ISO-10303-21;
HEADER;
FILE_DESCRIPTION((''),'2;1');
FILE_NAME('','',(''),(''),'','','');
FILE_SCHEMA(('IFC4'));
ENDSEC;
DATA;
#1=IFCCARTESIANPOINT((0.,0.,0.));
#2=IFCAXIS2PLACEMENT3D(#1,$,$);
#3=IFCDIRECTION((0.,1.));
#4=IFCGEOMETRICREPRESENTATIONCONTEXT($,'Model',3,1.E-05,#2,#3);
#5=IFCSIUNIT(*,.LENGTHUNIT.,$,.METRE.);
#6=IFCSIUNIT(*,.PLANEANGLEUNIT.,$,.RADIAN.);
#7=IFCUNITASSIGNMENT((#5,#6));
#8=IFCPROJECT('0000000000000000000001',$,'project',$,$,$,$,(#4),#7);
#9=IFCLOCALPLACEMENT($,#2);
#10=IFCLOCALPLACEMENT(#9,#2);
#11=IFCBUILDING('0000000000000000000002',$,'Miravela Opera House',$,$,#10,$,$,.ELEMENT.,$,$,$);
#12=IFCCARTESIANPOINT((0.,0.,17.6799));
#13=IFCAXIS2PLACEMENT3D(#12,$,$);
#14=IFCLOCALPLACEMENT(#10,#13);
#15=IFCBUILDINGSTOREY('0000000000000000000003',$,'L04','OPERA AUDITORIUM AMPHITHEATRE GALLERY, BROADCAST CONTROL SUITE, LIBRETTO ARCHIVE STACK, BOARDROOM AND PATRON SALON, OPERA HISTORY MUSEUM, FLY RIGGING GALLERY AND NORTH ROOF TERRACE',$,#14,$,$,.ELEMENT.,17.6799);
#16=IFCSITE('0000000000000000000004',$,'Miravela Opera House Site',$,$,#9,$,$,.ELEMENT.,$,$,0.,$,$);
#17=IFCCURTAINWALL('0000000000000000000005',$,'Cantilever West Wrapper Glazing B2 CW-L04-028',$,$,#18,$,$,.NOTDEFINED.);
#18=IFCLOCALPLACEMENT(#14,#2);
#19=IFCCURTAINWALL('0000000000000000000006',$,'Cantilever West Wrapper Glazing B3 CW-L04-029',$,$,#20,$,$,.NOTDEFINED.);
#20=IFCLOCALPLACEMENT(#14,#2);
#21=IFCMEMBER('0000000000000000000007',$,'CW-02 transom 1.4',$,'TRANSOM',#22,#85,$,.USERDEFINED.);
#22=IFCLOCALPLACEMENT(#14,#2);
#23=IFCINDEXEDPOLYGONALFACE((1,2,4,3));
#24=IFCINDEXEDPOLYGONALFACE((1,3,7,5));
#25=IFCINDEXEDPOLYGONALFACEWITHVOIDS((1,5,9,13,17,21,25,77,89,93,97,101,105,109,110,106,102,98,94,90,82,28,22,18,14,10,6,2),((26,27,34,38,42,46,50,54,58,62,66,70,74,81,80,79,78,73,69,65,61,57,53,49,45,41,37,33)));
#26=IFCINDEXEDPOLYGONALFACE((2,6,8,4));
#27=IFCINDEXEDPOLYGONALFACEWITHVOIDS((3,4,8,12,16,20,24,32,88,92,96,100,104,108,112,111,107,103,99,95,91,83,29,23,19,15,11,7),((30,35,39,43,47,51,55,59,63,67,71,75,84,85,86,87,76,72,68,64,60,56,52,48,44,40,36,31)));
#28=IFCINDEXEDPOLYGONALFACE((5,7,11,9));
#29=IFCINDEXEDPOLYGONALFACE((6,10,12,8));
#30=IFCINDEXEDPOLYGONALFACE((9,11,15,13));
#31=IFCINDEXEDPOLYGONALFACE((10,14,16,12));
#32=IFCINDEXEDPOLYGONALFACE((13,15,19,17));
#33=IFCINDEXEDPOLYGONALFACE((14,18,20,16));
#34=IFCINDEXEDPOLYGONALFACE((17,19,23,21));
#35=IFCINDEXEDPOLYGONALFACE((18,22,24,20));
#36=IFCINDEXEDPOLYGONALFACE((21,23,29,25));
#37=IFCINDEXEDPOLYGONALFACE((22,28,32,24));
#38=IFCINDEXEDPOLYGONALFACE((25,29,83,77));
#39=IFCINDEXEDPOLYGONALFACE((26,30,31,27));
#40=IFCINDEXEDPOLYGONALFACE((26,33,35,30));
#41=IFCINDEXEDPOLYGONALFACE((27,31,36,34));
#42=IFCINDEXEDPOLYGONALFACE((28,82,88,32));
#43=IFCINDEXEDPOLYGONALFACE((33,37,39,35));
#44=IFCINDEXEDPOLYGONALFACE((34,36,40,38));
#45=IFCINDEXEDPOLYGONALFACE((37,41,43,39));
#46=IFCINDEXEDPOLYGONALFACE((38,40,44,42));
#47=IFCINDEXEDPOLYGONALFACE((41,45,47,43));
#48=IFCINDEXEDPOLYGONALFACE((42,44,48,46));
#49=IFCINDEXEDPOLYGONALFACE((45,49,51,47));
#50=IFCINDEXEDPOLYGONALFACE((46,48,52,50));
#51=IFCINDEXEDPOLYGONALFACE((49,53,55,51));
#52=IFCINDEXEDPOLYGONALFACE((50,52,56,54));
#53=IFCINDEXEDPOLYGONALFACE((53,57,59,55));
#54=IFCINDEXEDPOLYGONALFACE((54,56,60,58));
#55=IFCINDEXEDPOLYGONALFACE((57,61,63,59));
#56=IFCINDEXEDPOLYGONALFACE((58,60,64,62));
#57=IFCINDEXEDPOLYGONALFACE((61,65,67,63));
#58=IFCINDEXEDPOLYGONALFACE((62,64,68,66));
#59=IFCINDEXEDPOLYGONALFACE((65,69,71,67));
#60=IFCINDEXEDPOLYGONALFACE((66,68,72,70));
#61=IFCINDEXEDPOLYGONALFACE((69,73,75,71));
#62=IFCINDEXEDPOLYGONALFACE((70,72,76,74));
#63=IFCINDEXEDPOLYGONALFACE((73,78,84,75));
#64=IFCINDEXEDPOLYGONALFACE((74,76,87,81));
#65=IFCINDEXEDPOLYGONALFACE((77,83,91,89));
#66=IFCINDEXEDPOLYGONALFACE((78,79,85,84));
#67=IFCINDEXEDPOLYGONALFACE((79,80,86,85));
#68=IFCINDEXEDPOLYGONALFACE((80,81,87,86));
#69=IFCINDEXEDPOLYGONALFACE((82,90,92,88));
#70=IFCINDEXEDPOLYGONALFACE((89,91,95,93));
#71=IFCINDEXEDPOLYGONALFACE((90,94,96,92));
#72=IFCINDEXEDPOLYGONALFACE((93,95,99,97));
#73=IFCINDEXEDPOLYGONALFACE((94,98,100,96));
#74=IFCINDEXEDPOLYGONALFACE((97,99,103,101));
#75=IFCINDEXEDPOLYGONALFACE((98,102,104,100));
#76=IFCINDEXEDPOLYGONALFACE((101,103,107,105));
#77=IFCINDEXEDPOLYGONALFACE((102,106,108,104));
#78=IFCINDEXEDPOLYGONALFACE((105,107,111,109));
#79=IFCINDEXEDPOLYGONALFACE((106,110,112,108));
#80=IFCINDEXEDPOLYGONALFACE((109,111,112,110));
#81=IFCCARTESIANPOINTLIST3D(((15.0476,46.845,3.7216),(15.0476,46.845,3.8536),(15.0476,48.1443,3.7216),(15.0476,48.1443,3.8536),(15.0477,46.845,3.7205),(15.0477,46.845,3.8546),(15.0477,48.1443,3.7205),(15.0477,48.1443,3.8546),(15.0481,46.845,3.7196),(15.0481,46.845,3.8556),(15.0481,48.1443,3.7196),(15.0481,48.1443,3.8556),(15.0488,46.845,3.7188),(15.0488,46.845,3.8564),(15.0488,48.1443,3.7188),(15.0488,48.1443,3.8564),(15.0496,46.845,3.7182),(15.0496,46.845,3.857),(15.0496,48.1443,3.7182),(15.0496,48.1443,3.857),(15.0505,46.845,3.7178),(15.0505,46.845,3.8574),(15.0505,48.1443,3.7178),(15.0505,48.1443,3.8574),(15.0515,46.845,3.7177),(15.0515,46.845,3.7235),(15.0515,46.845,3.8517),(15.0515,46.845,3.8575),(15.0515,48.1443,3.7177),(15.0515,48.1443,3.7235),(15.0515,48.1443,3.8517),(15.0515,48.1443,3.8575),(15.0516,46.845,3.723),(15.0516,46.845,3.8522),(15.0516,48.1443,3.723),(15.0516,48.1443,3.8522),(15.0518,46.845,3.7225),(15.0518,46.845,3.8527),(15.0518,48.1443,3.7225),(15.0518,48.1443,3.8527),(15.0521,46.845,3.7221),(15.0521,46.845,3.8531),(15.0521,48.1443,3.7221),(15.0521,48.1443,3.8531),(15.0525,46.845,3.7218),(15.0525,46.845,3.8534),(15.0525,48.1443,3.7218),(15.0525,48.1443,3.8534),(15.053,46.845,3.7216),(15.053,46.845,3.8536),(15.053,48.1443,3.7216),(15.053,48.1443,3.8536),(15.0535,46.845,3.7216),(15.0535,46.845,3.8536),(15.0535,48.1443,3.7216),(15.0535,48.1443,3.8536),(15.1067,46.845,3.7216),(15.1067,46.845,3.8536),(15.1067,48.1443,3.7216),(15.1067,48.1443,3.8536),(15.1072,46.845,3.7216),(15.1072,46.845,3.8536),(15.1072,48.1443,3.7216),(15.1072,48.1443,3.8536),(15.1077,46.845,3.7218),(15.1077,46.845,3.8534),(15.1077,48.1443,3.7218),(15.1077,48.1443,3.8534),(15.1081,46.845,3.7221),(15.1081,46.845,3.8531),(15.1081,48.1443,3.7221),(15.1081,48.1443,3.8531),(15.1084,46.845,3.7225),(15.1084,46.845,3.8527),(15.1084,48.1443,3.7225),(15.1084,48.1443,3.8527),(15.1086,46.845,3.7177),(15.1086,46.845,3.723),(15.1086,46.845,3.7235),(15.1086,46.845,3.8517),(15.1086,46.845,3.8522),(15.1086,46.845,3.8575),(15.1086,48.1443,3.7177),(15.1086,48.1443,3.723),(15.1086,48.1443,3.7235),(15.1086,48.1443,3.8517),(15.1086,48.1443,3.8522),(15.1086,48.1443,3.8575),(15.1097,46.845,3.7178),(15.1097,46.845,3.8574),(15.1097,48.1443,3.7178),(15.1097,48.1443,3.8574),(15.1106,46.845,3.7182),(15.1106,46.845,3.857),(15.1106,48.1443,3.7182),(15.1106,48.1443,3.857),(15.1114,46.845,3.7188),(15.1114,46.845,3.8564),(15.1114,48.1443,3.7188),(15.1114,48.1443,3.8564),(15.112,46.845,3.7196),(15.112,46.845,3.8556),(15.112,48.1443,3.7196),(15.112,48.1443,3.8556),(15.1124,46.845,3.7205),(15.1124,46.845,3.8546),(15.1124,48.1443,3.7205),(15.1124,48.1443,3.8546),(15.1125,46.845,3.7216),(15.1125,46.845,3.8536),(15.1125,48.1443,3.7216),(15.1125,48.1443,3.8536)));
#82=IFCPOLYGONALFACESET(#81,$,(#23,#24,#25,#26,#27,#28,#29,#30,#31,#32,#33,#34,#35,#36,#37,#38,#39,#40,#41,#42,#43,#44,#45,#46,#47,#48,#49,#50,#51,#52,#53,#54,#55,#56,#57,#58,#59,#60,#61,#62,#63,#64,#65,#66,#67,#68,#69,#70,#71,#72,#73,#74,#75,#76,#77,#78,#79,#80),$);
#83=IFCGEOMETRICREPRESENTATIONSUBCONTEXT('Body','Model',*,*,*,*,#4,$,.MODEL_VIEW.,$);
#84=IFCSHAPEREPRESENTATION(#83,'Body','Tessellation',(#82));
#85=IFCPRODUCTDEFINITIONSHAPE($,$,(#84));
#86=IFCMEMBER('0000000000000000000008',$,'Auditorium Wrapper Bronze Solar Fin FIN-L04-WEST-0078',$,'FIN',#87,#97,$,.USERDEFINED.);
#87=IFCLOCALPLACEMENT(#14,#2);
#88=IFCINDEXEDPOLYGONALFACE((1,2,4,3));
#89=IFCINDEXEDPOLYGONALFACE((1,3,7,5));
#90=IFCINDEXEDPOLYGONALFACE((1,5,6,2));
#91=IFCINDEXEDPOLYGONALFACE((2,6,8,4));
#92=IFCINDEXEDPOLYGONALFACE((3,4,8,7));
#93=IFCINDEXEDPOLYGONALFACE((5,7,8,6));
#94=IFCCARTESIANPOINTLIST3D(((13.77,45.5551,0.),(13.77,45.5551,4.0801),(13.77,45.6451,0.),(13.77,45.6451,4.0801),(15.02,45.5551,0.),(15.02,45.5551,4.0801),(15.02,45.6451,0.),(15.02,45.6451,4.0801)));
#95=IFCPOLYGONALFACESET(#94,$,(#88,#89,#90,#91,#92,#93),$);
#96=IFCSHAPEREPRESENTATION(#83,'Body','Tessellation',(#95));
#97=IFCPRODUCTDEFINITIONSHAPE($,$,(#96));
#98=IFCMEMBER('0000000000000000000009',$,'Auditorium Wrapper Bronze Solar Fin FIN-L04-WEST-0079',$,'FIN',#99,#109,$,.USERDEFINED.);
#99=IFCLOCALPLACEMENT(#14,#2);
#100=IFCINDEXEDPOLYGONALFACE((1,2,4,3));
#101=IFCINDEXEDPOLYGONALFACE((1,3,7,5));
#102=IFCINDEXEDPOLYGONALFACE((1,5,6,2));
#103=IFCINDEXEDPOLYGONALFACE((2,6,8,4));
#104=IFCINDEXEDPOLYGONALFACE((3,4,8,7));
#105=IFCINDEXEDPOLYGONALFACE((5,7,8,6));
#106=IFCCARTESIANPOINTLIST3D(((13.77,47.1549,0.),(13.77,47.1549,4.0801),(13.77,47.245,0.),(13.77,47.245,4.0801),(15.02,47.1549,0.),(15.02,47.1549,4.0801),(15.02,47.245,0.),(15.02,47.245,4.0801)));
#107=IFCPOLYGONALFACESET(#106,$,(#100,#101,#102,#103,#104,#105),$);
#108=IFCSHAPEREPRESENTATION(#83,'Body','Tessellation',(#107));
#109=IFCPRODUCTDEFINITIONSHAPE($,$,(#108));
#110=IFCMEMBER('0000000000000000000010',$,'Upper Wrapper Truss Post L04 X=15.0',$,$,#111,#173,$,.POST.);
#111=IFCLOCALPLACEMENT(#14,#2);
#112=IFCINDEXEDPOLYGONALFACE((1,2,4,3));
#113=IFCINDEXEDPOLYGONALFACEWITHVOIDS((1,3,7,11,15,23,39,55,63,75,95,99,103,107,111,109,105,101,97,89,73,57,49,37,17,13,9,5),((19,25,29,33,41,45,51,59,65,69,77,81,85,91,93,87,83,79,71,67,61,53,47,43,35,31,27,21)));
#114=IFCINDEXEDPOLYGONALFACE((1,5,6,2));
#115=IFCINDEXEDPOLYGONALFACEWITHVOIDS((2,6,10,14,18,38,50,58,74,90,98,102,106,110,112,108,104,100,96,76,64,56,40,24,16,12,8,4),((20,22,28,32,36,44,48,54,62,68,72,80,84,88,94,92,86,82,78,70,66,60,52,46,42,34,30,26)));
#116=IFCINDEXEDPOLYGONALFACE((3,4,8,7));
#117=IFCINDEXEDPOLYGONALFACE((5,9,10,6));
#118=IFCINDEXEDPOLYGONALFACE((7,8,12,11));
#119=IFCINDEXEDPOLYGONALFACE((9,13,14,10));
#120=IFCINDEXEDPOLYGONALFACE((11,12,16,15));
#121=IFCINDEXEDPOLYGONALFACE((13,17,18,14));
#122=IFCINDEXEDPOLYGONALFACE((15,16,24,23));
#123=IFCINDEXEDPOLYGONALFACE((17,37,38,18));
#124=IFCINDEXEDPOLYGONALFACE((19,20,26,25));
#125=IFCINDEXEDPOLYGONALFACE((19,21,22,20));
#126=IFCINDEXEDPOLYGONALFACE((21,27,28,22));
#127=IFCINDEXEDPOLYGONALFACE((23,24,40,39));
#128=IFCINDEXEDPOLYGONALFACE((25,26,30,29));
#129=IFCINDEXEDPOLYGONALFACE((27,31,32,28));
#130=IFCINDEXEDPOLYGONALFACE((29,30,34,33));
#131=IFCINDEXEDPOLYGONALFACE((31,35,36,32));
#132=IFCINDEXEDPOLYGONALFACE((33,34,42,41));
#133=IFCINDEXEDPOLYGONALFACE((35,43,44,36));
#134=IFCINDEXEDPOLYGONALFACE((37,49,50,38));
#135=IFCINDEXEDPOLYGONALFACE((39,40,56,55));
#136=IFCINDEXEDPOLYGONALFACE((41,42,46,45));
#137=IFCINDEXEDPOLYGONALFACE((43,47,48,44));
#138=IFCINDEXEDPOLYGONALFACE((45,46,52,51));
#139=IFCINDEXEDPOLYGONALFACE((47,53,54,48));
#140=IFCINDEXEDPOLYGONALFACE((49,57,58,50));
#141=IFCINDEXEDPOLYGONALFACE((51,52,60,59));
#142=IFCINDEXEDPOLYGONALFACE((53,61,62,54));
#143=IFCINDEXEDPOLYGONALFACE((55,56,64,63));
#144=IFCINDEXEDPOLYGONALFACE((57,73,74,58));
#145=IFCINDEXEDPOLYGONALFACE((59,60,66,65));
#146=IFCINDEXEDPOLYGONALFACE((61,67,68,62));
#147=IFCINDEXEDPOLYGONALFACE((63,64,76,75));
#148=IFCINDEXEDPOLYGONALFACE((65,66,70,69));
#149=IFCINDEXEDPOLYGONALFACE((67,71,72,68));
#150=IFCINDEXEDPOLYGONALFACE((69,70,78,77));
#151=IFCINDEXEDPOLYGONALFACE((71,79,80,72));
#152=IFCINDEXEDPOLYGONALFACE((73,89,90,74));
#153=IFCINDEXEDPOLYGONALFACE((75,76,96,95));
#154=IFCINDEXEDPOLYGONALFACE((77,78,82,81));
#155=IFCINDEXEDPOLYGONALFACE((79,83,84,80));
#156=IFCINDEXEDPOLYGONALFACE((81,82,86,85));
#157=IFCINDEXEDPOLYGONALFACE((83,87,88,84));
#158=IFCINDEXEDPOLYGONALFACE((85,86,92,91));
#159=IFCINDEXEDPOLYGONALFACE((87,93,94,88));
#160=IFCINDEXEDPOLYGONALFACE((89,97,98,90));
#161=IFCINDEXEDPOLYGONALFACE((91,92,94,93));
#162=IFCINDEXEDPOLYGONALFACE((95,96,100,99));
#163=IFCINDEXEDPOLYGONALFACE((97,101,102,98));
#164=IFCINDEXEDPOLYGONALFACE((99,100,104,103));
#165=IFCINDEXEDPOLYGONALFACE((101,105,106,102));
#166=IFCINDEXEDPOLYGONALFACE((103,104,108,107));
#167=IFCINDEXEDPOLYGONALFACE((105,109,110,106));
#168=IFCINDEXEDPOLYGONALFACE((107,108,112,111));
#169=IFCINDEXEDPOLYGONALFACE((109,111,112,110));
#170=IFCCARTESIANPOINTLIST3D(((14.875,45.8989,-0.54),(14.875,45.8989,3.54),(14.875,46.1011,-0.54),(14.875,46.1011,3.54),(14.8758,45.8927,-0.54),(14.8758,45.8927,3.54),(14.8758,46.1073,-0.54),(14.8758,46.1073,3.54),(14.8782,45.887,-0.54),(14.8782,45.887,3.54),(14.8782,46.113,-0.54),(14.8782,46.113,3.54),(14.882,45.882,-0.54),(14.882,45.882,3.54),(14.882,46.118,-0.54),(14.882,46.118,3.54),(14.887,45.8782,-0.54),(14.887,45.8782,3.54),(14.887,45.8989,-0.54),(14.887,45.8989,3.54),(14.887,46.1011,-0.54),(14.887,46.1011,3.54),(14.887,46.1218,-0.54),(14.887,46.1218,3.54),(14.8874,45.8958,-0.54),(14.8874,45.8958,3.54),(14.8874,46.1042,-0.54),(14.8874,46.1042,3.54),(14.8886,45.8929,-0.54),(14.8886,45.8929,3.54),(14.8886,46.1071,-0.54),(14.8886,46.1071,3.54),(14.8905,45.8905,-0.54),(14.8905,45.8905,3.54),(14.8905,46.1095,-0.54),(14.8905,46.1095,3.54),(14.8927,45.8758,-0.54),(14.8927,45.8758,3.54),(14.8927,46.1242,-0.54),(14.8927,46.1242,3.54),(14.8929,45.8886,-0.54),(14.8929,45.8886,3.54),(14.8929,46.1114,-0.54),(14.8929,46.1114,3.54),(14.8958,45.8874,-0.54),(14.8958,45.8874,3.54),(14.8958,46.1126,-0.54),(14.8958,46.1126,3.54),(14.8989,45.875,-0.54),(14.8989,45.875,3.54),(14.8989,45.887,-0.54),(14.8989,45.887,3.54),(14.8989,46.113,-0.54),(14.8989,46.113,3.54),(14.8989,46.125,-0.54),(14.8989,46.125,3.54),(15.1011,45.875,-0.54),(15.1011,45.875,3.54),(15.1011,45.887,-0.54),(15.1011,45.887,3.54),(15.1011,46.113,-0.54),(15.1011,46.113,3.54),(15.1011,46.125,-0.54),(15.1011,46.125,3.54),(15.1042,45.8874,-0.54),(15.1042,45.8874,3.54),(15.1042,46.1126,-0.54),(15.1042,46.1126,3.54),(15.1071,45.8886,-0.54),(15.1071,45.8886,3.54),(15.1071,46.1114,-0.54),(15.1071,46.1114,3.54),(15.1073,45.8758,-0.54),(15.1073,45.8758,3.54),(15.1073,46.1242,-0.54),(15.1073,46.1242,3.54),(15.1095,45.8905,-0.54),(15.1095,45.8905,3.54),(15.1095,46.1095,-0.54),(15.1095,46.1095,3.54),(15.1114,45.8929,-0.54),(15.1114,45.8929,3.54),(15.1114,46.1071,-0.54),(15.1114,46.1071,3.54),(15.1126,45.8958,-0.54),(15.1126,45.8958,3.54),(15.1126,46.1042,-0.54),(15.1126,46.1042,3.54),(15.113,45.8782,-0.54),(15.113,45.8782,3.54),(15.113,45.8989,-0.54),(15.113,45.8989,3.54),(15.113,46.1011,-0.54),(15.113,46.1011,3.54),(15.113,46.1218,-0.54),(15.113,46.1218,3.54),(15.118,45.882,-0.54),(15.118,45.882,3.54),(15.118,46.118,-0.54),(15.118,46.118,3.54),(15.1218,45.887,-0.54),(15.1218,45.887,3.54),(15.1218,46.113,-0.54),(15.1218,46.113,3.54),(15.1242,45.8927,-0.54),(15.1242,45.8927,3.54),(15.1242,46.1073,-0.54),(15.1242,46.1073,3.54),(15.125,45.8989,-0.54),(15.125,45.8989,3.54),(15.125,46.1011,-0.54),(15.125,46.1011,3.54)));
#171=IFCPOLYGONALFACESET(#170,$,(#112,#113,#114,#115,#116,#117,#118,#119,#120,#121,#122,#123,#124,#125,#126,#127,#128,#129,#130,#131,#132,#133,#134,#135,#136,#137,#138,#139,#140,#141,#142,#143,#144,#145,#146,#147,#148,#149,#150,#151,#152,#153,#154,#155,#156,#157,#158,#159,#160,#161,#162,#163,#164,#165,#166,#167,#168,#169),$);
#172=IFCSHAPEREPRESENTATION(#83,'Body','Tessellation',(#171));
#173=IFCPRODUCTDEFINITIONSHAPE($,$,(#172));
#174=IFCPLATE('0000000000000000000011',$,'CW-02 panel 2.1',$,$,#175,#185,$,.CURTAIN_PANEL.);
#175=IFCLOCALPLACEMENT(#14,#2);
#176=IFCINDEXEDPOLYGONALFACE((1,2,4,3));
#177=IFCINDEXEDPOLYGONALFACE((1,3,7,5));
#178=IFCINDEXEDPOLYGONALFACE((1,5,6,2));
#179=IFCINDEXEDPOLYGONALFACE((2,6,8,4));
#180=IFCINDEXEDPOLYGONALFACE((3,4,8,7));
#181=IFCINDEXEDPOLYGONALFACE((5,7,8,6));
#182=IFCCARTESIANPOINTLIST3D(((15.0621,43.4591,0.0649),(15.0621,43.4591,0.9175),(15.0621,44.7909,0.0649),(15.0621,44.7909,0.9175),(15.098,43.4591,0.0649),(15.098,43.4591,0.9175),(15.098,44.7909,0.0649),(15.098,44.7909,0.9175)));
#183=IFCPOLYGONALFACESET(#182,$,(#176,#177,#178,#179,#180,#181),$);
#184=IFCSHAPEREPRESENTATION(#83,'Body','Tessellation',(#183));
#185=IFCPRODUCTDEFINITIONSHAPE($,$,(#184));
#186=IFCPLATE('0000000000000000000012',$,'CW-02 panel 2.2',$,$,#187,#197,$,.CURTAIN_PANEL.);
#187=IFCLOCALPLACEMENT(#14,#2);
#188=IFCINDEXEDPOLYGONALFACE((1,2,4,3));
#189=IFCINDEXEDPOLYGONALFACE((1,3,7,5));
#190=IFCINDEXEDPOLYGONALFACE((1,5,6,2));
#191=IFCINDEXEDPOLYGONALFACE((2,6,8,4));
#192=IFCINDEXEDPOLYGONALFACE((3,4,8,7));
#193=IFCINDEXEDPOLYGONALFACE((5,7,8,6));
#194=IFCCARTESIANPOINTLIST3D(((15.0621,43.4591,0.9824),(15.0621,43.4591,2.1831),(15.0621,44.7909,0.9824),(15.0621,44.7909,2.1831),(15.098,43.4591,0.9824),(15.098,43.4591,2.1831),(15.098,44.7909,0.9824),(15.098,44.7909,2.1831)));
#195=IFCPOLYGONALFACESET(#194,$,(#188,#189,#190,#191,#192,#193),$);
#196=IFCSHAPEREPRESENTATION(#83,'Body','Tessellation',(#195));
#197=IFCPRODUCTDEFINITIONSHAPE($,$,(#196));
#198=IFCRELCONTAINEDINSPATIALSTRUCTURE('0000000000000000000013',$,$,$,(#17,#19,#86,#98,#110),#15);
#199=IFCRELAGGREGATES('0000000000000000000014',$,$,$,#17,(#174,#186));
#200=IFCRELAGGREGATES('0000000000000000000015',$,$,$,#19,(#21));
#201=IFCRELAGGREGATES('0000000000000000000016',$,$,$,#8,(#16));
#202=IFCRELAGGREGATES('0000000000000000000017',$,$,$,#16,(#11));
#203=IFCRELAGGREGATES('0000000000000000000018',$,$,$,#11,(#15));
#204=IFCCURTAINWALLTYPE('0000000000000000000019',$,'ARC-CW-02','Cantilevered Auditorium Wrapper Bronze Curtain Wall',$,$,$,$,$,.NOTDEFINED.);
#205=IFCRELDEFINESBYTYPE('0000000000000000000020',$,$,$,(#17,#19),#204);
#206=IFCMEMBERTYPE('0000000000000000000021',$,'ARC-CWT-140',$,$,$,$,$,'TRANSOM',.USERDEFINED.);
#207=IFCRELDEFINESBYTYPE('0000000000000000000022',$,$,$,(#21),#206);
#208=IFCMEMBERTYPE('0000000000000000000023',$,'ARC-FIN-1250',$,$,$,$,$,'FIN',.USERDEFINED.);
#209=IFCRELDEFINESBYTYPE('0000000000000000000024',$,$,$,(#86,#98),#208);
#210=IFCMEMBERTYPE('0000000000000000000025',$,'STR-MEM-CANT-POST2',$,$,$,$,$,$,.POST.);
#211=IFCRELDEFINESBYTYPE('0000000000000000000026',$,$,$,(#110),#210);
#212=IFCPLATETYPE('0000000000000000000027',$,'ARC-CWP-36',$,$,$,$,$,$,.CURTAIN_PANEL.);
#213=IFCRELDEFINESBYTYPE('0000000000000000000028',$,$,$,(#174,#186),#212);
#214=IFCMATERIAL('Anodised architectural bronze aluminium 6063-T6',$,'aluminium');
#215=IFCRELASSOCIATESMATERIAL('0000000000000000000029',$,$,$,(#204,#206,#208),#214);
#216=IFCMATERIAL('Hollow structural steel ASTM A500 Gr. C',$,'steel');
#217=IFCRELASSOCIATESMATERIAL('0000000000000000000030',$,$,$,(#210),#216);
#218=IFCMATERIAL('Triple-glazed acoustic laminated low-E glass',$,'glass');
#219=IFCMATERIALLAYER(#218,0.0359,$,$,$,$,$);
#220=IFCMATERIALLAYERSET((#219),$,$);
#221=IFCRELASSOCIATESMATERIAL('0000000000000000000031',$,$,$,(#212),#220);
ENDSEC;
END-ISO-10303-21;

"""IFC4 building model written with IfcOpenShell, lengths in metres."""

from ifc_helpers import new_model, si_unit, direction, frame, origin, origin_2d, place, context, subcontext, project, spatial, rectangle, hollow_rectangle, extrude, material, layer, layer_set, material_profile, profile_set, type_object, element, aggregate, save


model = new_model("IFC4")

# Units and contexts
model_context = context("Model", 3, precision=1e-05, world=origin(), true_north=direction((0.0, 1.0)))
body_context = subcontext(model_context, "Body", "Model", "MODEL_VIEW")
ifc_project = project(units=[si_unit("LENGTHUNIT", "METRE"), si_unit("PLANEANGLEUNIT", "RADIAN")], contexts=[model_context])

# Site, building, storey
site_placement = place(None, origin())
site = spatial("IfcSite", under=ifc_project, at=site_placement, Name="Miravela Opera House Site", CompositionType="ELEMENT", RefElevation=0.0)
building_placement = place(site_placement, origin())
building = spatial("IfcBuilding", under=site, at=building_placement, Name="Miravela Opera House", CompositionType="ELEMENT")
storey_placement = place(building_placement, frame((0.0, 0.0, 17.6799)))
storey = spatial("IfcBuildingStorey", under=building, at=storey_placement, Name="L04", Description="OPERA AUDITORIUM AMPHITHEATRE GALLERY, BROADCAST CONTROL SUITE, LIBRETTO ARCHIVE STACK, BOARDROOM AND PATRON SALON, OPERA HISTORY MUSEUM, FLY RIGGING GALLERY AND NORTH ROOF TERRACE", CompositionType="ELEMENT", Elevation=17.6799)

# Curtain wall
ifc_material_1 = material(Name="Anodised architectural bronze aluminium 6063-T6", Category="aluminium")
curtain_wall_type = type_object("IfcCurtainWallType", Name="ARC-CW-02", Description="Cantilevered Auditorium Wrapper Bronze Curtain Wall", PredefinedType="NOTDEFINED", material=ifc_material_1)
curtain_wall_1_placement = place(storey_placement, origin())
curtain_wall_1 = element("IfcCurtainWall", 1, at=curtain_wall_1_placement, inside=storey, type_object=curtain_wall_type, Name="Cantilever West Wrapper Glazing B2 CW-L04-028", PredefinedType="NOTDEFINED")

# Curtain wall
curtain_wall_2_placement = place(storey_placement, origin())
curtain_wall_2 = element("IfcCurtainWall", 2, at=curtain_wall_2_placement, inside=storey, type_object=curtain_wall_type, Name="Cantilever West Wrapper Glazing B3 CW-L04-029", PredefinedType="NOTDEFINED")

# Member
ifc_material_profile_1 = material_profile(ifc_material_1, hollow_rectangle(XDim=0.0649, YDim=0.1399, WallThickness=0.0039, InnerFilletRadius=0.002, OuterFilletRadius=0.0039, at=origin_2d()), Name="CWT-65X140")
ifc_profile_set_1 = profile_set([ifc_material_profile_1])
member_type_1 = type_object("IfcMemberType", Name="ARC-CWT-140", ElementType="TRANSOM", PredefinedType="USERDEFINED", material=ifc_profile_set_1)
member_1_placement = place(storey_placement, frame((15.0801, 46.845, 3.7876), z_axis=(0.0, 1.0, 0.0), x_axis=(-1.0, 0.0, 0.0)))
member_1 = element("IfcMember", 3, at=member_1_placement, type_object=member_type_1, Name="CW-02 transom 1.4", ObjectType="TRANSOM", PredefinedType="USERDEFINED", context=body_context, shape_type="SweptSolid", body=[
    extrude(hollow_rectangle(XDim=0.0649, YDim=0.1399, WallThickness=0.0039, InnerFilletRadius=0.002, OuterFilletRadius=0.0039, at=origin_2d()), origin(), (0.0, 0.0, 1.0), 1.2993),
])

# Members
ifc_material_profile_2 = material_profile(ifc_material_1, rectangle(XDim=0.0901, YDim=1.25, at=origin_2d()), Name="FIN-1250X90")
ifc_profile_set_2 = profile_set([ifc_material_profile_2])
member_type_2 = type_object("IfcMemberType", Name="ARC-FIN-1250", ElementType="FIN", PredefinedType="USERDEFINED", material=ifc_profile_set_2)
for number, where, z_axis, x_axis, name in (
    (4, (14.395, 45.6001, 0.0), (0.0, 0.0, 1.0), (0.0, 1.0, 0.0), "Auditorium Wrapper Bronze Solar Fin FIN-L04-WEST-0078"),
    (5, (14.395, 47.2, 0.0), (0.0, 0.0, 1.0), (0.0, 1.0, 0.0), "Auditorium Wrapper Bronze Solar Fin FIN-L04-WEST-0079"),
):
    element("IfcMember", number, at=place(storey_placement, frame(where, z_axis=z_axis, x_axis=x_axis)), inside=storey, type_object=member_type_2, Name=name, ObjectType="FIN", PredefinedType="USERDEFINED", context=body_context, shape_type="SweptSolid", body=[
        extrude(rectangle(XDim=0.0901, YDim=1.25, at=origin_2d()), origin(), (0.0, 0.0, 1.0), 4.0801),
    ])
ifc_material_2 = material(Name="Hollow structural steel ASTM A500 Gr. C", Category="steel")
ifc_material_profile_3 = material_profile(ifc_material_2, hollow_rectangle(XDim=0.25, YDim=0.25, WallThickness=0.012, InnerFilletRadius=0.012, OuterFilletRadius=0.0239, at=origin_2d()), Name="HSS250X250X12")
ifc_profile_set_3 = profile_set([ifc_material_profile_3])
member_type_3 = type_object("IfcMemberType", Name="STR-MEM-CANT-POST2", PredefinedType="POST", material=ifc_profile_set_3)
member_2_placement = place(storey_placement, frame((15.0, 46.0, -0.54), z_axis=(0.0, 0.0, 1.0), x_axis=(1.0, 0.0, 0.0)))
element("IfcMember", 6, at=member_2_placement, inside=storey, type_object=member_type_3, Name="Upper Wrapper Truss Post L04 X=15.0", PredefinedType="POST", context=body_context, shape_type="SweptSolid", body=[
    extrude(hollow_rectangle(XDim=0.25, YDim=0.25, WallThickness=0.012, InnerFilletRadius=0.012, OuterFilletRadius=0.0239, at=origin_2d()), origin(), (0.0, 0.0, 1.0), 4.0801),
])

# Plates
ifc_material_3 = material(Name="Triple-glazed acoustic laminated low-E glass", Category="glass")
ifc_layer = layer(ifc_material_3, 0.0359)
ifc_layer_set = layer_set([ifc_layer])
plate_type = type_object("IfcPlateType", Name="ARC-CWP-36", PredefinedType="CURTAIN_PANEL", material=ifc_layer_set)
plate_1_placement = place(storey_placement, frame((15.0801, 44.125, 0.0649), z_axis=(0.0, 0.0, 1.0), x_axis=(0.0, 1.0, 0.0)))
plate_1 = element("IfcPlate", 7, at=plate_1_placement, type_object=plate_type, Name="CW-02 panel 2.1", PredefinedType="CURTAIN_PANEL", context=body_context, shape_type="SweptSolid", body=[
    extrude(rectangle(XDim=1.3318, YDim=0.0359, at=origin_2d()), origin(), (0.0, 0.0, 1.0), 0.8525),
])
plate_2_placement = place(storey_placement, frame((15.0801, 44.125, 0.9824), z_axis=(0.0, 0.0, 1.0), x_axis=(0.0, 1.0, 0.0)))
plate_2 = element("IfcPlate", 8, at=plate_2_placement, type_object=plate_type, Name="CW-02 panel 2.2", PredefinedType="CURTAIN_PANEL", context=body_context, shape_type="SweptSolid", body=[
    extrude(rectangle(XDim=1.3318, YDim=0.0359, at=origin_2d()), origin(), (0.0, 0.0, 1.0), 1.2007),
])
aggregate(curtain_wall_1, [plate_1, plate_2])
aggregate(curtain_wall_2, [member_1])

save(model, "model.ifc")
